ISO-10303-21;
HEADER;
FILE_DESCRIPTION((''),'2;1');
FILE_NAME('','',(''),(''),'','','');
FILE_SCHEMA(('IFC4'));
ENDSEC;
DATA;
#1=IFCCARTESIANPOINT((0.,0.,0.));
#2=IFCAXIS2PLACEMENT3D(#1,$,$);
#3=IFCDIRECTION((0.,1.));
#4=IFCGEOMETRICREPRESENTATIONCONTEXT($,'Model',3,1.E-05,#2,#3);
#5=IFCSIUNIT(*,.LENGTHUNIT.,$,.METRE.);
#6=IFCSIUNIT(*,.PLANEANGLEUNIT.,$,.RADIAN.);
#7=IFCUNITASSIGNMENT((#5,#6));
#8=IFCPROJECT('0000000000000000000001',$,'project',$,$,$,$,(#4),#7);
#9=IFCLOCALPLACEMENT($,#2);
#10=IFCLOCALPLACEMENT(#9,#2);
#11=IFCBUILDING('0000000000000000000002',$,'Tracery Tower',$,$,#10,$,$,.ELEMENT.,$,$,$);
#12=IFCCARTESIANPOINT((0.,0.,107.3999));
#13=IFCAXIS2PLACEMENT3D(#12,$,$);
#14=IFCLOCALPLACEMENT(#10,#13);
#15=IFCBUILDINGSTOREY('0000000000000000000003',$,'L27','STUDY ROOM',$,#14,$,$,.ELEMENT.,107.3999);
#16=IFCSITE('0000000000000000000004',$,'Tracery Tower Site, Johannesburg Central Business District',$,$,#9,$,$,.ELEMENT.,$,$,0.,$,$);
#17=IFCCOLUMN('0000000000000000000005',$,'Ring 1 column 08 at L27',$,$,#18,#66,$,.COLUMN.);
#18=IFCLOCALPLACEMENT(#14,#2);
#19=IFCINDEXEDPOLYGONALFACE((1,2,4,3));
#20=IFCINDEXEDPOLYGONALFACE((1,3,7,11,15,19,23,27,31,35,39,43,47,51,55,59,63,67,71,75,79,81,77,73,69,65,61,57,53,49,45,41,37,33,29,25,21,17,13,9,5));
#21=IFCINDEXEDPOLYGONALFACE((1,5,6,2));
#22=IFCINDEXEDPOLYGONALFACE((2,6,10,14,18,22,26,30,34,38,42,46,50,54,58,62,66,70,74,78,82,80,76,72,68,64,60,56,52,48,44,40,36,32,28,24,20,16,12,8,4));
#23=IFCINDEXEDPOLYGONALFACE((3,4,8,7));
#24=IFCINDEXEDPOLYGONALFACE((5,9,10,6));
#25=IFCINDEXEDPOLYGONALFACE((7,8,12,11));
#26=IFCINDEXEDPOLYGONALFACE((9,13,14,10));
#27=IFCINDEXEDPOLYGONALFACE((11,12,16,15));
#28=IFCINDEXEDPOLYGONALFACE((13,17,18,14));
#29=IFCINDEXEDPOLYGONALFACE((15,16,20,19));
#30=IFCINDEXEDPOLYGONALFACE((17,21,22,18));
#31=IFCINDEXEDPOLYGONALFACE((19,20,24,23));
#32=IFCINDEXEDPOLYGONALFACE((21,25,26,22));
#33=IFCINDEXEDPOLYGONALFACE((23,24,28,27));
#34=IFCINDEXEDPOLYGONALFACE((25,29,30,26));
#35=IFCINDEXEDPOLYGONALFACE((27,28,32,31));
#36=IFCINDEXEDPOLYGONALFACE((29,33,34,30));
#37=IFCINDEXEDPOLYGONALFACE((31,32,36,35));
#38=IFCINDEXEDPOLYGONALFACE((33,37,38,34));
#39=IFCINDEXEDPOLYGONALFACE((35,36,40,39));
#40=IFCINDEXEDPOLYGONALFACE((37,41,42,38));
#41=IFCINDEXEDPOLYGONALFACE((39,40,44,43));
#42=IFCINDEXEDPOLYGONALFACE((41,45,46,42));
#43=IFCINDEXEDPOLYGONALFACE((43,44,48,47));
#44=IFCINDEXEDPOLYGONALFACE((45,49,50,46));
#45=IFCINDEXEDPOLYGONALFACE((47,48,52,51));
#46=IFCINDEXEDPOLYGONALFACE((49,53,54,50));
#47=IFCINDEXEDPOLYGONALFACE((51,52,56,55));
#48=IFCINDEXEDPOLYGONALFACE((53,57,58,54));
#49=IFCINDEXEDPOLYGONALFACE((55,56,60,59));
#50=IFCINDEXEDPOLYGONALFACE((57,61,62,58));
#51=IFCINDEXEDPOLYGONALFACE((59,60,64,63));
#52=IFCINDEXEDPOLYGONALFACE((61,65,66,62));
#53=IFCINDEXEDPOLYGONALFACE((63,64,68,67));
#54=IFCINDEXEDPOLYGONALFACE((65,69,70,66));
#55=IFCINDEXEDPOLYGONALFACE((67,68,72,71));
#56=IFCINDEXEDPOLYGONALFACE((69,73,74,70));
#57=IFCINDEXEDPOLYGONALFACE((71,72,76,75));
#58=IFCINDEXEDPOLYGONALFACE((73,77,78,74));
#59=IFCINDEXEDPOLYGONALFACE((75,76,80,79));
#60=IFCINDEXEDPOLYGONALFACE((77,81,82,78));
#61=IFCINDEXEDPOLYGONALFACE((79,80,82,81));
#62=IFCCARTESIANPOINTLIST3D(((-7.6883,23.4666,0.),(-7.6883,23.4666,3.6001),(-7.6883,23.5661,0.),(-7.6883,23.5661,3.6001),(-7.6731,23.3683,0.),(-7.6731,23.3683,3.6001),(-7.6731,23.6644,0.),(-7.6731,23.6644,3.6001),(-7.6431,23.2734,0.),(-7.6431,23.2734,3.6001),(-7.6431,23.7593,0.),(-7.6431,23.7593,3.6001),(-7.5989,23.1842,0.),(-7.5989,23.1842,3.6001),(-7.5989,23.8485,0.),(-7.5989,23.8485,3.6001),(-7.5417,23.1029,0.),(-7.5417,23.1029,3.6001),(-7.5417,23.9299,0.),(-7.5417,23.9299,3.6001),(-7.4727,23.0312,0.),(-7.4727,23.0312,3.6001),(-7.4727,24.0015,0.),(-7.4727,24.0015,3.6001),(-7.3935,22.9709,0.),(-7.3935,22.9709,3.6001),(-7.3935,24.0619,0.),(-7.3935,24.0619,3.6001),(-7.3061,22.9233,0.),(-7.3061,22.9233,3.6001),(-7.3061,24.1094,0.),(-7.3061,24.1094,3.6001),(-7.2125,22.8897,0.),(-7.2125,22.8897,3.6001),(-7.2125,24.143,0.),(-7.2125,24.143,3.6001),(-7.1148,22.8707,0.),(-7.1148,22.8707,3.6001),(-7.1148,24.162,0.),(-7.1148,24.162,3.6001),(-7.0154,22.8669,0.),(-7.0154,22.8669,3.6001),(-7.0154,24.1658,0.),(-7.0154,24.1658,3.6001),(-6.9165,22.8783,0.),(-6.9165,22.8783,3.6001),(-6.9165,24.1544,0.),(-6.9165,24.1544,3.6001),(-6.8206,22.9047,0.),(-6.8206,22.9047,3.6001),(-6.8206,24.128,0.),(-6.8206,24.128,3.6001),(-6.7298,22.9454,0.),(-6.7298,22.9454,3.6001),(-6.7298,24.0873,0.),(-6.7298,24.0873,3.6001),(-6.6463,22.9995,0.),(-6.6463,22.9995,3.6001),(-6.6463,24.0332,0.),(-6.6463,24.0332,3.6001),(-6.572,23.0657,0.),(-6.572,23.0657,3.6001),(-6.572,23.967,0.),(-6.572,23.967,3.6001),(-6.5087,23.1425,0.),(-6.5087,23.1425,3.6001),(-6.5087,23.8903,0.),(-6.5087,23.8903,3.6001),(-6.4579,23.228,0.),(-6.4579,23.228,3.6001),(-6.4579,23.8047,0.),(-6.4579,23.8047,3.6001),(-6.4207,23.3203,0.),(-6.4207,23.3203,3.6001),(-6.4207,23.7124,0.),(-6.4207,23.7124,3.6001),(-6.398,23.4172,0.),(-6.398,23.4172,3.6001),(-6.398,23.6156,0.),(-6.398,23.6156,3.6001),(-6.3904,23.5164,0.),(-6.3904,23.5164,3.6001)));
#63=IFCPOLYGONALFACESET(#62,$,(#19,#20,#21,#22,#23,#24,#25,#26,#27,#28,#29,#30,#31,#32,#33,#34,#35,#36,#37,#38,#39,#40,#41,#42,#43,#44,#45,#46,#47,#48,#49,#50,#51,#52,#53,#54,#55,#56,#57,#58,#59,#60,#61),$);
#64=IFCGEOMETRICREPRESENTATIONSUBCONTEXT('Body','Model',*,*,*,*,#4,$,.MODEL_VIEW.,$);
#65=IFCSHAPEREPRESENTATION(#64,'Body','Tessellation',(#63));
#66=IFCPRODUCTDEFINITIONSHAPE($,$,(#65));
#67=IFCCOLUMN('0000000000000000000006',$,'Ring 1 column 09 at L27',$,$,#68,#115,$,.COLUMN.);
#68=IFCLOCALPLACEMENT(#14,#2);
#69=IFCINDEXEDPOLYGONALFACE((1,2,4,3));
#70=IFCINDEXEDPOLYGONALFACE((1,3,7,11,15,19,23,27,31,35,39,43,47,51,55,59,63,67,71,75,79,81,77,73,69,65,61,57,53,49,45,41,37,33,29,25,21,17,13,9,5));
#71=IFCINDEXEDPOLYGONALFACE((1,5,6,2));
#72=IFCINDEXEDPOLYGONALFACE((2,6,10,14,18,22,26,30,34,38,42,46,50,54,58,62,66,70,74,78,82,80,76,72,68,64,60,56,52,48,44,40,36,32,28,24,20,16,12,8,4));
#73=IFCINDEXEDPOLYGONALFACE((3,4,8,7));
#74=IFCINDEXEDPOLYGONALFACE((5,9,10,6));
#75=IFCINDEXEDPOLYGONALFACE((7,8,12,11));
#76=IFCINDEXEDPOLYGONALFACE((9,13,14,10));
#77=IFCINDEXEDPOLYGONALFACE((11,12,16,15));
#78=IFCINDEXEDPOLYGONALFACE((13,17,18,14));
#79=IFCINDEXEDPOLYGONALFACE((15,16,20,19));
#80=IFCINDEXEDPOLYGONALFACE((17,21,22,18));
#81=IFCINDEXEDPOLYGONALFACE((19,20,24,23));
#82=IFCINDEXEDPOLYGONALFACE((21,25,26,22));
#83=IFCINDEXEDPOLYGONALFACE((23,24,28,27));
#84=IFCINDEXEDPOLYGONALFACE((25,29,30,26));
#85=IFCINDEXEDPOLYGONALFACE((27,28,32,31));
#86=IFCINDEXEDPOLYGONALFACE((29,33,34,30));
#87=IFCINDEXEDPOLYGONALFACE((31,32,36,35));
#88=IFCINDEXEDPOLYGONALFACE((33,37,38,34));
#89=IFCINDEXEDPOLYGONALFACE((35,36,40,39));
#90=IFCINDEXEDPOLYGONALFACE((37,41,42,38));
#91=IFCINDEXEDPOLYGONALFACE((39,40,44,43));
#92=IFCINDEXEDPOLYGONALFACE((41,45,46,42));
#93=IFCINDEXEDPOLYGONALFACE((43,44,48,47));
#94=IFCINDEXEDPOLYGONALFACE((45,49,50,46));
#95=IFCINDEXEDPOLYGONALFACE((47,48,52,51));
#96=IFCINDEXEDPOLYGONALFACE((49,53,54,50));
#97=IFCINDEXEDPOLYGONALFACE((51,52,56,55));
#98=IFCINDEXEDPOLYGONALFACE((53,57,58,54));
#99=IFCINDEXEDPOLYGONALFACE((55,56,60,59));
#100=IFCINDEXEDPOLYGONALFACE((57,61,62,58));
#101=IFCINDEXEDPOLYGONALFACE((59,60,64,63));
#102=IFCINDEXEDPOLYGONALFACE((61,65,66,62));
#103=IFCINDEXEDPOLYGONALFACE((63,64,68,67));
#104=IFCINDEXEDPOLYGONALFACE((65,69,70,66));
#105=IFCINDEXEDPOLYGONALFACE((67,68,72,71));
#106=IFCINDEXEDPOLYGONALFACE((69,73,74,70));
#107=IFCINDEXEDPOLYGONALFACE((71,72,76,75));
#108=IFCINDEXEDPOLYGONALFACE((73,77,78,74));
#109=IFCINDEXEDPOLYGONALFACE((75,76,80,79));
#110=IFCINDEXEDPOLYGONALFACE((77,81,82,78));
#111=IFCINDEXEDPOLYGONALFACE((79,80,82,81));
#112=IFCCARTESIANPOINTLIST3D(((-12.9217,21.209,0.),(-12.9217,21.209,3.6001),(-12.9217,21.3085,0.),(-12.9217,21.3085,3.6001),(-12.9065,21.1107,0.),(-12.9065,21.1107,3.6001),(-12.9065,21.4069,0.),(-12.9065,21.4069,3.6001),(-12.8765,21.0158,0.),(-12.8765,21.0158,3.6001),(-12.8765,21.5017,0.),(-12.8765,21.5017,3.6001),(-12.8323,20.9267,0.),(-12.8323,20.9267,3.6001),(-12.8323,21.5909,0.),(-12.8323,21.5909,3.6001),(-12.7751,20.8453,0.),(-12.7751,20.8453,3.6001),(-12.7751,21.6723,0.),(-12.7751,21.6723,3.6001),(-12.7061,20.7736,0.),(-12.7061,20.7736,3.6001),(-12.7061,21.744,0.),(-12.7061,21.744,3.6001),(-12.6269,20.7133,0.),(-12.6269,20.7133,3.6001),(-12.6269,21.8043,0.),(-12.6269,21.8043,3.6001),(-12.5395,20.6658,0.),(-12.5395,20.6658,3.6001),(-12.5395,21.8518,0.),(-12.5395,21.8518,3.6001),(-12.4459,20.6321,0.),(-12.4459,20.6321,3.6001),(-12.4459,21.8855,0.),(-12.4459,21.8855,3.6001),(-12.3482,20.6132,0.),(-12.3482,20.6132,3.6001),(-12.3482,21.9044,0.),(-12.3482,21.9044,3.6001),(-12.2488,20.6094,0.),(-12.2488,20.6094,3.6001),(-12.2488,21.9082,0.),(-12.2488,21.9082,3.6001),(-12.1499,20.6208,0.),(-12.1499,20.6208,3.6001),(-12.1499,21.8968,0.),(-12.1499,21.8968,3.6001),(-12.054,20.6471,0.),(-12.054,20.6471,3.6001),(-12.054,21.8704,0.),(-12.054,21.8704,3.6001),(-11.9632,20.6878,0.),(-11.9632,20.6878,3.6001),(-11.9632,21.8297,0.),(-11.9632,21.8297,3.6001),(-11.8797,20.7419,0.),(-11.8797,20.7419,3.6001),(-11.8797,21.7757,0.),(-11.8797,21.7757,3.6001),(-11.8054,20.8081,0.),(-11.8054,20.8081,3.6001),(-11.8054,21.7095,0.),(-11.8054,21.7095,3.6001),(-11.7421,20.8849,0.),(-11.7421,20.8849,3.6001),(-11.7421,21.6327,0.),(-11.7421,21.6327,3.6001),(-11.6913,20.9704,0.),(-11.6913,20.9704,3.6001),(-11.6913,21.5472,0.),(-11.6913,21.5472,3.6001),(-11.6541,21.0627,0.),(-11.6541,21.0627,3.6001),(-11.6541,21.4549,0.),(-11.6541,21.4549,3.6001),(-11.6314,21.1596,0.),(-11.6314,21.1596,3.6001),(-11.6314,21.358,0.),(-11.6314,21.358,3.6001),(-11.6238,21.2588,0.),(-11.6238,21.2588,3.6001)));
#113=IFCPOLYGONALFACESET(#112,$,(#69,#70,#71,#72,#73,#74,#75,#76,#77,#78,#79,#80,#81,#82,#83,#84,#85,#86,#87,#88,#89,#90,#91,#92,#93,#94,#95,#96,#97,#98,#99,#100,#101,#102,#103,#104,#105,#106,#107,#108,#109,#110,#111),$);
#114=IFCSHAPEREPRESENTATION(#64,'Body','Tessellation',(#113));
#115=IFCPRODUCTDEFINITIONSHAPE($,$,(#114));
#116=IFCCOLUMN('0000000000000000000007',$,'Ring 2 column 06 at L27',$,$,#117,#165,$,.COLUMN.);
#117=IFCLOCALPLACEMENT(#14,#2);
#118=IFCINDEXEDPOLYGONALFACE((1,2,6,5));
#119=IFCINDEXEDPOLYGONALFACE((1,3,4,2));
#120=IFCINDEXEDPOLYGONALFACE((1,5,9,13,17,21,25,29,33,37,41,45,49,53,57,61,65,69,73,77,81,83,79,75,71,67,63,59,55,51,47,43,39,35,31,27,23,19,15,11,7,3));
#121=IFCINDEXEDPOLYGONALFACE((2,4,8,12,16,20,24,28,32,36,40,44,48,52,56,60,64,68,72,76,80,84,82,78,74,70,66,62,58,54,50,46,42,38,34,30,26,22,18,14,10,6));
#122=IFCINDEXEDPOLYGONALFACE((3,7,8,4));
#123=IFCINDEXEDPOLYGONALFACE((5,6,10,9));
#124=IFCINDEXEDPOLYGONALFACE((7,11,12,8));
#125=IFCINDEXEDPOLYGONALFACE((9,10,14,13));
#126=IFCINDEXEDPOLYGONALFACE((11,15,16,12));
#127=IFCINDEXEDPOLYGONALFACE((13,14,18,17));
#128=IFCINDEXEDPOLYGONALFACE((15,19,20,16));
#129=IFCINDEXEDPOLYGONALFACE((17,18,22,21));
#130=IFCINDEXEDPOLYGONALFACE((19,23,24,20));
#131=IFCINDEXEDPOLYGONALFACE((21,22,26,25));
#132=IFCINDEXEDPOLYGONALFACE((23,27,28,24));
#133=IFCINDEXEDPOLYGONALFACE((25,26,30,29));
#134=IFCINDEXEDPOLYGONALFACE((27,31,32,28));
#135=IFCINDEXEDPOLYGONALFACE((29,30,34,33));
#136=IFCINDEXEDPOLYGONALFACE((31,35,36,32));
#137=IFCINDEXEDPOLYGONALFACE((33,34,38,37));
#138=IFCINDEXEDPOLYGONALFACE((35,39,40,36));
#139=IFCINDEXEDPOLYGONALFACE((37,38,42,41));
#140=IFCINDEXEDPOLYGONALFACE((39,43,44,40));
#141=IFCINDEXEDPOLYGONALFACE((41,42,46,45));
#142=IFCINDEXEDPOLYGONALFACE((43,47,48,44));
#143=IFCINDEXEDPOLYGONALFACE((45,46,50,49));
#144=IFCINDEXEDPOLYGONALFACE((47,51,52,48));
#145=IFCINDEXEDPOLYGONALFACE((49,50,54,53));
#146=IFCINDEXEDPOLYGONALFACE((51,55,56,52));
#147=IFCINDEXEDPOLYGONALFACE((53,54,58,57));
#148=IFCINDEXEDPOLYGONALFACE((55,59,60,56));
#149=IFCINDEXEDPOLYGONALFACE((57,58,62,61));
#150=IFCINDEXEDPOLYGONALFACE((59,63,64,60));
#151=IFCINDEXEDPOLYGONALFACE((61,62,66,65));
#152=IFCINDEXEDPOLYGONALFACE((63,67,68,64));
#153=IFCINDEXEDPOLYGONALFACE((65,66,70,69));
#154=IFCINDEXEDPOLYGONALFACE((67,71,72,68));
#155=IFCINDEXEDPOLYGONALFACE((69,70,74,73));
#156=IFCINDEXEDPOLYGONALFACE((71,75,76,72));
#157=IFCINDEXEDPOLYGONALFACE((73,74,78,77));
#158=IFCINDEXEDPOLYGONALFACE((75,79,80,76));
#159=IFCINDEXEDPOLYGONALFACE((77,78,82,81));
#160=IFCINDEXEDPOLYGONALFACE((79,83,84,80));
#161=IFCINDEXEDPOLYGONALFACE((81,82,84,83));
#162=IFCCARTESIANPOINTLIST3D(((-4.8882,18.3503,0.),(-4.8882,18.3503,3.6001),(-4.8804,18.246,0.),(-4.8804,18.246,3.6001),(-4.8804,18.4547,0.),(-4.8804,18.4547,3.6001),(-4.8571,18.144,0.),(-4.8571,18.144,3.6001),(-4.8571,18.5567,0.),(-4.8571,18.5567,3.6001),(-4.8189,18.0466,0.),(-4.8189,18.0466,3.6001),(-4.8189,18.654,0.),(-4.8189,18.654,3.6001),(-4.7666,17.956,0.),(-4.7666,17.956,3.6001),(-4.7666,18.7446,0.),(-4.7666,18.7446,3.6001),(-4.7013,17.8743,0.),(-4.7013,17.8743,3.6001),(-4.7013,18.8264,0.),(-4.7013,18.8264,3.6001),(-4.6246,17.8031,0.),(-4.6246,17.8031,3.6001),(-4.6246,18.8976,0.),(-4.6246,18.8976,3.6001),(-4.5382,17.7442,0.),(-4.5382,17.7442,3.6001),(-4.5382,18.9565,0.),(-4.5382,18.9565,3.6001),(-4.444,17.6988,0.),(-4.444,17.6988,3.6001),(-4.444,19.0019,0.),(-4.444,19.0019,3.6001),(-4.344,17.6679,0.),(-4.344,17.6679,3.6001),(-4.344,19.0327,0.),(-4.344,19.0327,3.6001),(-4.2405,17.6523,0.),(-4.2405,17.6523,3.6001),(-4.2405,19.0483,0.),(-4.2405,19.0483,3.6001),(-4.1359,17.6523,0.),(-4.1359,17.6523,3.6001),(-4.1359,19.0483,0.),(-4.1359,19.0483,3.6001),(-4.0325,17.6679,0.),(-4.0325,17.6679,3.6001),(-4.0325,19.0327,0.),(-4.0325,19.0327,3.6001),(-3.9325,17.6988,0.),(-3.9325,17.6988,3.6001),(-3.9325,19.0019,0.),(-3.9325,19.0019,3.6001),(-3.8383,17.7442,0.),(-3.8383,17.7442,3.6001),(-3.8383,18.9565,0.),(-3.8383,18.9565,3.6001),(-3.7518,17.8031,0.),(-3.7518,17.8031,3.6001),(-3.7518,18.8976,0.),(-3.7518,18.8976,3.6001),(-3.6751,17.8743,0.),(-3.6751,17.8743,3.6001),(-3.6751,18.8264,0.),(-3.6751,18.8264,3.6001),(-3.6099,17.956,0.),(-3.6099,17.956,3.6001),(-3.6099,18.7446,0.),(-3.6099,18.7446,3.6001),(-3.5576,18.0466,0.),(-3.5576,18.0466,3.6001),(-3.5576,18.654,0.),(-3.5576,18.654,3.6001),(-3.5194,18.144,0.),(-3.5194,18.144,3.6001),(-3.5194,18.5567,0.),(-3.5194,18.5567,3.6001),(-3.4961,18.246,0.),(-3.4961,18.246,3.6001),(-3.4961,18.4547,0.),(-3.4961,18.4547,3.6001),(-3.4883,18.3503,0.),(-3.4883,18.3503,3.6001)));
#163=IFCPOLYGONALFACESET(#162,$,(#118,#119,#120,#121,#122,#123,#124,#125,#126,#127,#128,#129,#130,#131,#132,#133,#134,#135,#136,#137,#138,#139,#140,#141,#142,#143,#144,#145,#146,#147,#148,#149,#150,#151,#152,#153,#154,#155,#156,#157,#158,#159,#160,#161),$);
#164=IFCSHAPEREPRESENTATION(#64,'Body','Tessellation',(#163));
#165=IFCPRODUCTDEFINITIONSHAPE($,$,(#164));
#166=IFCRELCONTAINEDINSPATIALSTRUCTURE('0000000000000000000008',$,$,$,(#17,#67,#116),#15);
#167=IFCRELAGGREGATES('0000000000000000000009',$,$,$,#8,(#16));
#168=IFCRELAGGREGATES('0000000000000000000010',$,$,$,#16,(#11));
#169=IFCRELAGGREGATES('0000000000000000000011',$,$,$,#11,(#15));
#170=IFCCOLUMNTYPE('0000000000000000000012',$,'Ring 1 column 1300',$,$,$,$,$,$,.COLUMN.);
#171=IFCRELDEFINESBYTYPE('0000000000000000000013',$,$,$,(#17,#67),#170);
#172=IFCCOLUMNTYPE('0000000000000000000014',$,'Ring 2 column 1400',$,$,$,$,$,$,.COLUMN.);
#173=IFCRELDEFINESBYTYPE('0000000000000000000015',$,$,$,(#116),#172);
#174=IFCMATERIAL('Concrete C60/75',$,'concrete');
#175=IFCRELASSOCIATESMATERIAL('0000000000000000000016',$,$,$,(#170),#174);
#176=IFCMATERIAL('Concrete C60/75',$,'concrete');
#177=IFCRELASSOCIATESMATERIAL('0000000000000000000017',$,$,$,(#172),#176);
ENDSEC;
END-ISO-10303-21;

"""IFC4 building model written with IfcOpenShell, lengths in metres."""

from ifc_helpers import new_model, si_unit, direction, frame, origin, origin_2d, place, context, subcontext, project, spatial, circle, extrude, material, material_profile, profile_set, type_object, element, save


model = new_model("IFC4")

# Units and contexts
model_context = context("Model", 3, precision=1e-05, world=origin(), true_north=direction((0.0, 1.0)))
body_context = subcontext(model_context, "Body", "Model", "MODEL_VIEW")
ifc_project = project(units=[si_unit("LENGTHUNIT", "METRE"), si_unit("PLANEANGLEUNIT", "RADIAN")], contexts=[model_context])

# Site, building, storey
site_placement = place(None, origin())
site = spatial("IfcSite", under=ifc_project, at=site_placement, Name="Tracery Tower Site, Johannesburg Central Business District", CompositionType="ELEMENT", RefElevation=0.0)
building_placement = place(site_placement, origin())
building = spatial("IfcBuilding", under=site, at=building_placement, Name="Tracery Tower", CompositionType="ELEMENT")
storey_placement = place(building_placement, frame((0.0, 0.0, 107.3999)))
storey = spatial("IfcBuildingStorey", under=building, at=storey_placement, Name="L27", Description="STUDY ROOM", CompositionType="ELEMENT", Elevation=107.3999)

# Columns
ifc_material_1 = material(Name="Concrete C60/75", Category="concrete")
ifc_material_profile_1 = material_profile(ifc_material_1, circle(Radius=0.6499, at=origin_2d()), Name="RC D1300")
ifc_profile_set_1 = profile_set([ifc_material_profile_1], Name="Concrete C60/75")
column_type_1 = type_object("IfcColumnType", Name="Ring 1 column 1300", PredefinedType="COLUMN", material=ifc_profile_set_1)
for number, where, z_axis, x_axis, name in (
    (1, (-7.0403, 23.5164, 0.0), (0.0, 0.0, 1.0), (1.0, 0.0, 0.0), "Ring 1 column 08 at L27"),
    (2, (-12.2737, 21.2588, 0.0), (0.0, 0.0, 1.0), (1.0, 0.0, 0.0), "Ring 1 column 09 at L27"),
):
    element("IfcColumn", number, at=place(storey_placement, frame(where, z_axis=z_axis, x_axis=x_axis)), inside=storey, type_object=column_type_1, Name=name, PredefinedType="COLUMN", context=body_context, shape_type="SweptSolid", body=[
        extrude(circle(Radius=0.6499, at=origin_2d()), origin(), (0.0, 0.0, 1.0), 3.6001),
    ])
ifc_material_2 = material(Name="Concrete C60/75", Category="concrete")
ifc_material_profile_2 = material_profile(ifc_material_2, circle(Radius=0.7, at=origin_2d()), Name="RC D1400")
ifc_profile_set_2 = profile_set([ifc_material_profile_2], Name="Concrete C60/75")
column_type_2 = type_object("IfcColumnType", Name="Ring 2 column 1400", PredefinedType="COLUMN", material=ifc_profile_set_2)
for number, where, z_axis, x_axis, name in (
    (3, (-4.1882, 18.3503, 0.0), (0.0, 0.0, 1.0), (1.0, 0.0, 0.0), "Ring 2 column 06 at L27"),
):
    element("IfcColumn", number, at=place(storey_placement, frame(where, z_axis=z_axis, x_axis=x_axis)), inside=storey, type_object=column_type_2, Name=name, PredefinedType="COLUMN", context=body_context, shape_type="SweptSolid", body=[
        extrude(circle(Radius=0.7, at=origin_2d()), origin(), (0.0, 0.0, 1.0), 3.6001),
    ])

save(model, "model.ifc")
